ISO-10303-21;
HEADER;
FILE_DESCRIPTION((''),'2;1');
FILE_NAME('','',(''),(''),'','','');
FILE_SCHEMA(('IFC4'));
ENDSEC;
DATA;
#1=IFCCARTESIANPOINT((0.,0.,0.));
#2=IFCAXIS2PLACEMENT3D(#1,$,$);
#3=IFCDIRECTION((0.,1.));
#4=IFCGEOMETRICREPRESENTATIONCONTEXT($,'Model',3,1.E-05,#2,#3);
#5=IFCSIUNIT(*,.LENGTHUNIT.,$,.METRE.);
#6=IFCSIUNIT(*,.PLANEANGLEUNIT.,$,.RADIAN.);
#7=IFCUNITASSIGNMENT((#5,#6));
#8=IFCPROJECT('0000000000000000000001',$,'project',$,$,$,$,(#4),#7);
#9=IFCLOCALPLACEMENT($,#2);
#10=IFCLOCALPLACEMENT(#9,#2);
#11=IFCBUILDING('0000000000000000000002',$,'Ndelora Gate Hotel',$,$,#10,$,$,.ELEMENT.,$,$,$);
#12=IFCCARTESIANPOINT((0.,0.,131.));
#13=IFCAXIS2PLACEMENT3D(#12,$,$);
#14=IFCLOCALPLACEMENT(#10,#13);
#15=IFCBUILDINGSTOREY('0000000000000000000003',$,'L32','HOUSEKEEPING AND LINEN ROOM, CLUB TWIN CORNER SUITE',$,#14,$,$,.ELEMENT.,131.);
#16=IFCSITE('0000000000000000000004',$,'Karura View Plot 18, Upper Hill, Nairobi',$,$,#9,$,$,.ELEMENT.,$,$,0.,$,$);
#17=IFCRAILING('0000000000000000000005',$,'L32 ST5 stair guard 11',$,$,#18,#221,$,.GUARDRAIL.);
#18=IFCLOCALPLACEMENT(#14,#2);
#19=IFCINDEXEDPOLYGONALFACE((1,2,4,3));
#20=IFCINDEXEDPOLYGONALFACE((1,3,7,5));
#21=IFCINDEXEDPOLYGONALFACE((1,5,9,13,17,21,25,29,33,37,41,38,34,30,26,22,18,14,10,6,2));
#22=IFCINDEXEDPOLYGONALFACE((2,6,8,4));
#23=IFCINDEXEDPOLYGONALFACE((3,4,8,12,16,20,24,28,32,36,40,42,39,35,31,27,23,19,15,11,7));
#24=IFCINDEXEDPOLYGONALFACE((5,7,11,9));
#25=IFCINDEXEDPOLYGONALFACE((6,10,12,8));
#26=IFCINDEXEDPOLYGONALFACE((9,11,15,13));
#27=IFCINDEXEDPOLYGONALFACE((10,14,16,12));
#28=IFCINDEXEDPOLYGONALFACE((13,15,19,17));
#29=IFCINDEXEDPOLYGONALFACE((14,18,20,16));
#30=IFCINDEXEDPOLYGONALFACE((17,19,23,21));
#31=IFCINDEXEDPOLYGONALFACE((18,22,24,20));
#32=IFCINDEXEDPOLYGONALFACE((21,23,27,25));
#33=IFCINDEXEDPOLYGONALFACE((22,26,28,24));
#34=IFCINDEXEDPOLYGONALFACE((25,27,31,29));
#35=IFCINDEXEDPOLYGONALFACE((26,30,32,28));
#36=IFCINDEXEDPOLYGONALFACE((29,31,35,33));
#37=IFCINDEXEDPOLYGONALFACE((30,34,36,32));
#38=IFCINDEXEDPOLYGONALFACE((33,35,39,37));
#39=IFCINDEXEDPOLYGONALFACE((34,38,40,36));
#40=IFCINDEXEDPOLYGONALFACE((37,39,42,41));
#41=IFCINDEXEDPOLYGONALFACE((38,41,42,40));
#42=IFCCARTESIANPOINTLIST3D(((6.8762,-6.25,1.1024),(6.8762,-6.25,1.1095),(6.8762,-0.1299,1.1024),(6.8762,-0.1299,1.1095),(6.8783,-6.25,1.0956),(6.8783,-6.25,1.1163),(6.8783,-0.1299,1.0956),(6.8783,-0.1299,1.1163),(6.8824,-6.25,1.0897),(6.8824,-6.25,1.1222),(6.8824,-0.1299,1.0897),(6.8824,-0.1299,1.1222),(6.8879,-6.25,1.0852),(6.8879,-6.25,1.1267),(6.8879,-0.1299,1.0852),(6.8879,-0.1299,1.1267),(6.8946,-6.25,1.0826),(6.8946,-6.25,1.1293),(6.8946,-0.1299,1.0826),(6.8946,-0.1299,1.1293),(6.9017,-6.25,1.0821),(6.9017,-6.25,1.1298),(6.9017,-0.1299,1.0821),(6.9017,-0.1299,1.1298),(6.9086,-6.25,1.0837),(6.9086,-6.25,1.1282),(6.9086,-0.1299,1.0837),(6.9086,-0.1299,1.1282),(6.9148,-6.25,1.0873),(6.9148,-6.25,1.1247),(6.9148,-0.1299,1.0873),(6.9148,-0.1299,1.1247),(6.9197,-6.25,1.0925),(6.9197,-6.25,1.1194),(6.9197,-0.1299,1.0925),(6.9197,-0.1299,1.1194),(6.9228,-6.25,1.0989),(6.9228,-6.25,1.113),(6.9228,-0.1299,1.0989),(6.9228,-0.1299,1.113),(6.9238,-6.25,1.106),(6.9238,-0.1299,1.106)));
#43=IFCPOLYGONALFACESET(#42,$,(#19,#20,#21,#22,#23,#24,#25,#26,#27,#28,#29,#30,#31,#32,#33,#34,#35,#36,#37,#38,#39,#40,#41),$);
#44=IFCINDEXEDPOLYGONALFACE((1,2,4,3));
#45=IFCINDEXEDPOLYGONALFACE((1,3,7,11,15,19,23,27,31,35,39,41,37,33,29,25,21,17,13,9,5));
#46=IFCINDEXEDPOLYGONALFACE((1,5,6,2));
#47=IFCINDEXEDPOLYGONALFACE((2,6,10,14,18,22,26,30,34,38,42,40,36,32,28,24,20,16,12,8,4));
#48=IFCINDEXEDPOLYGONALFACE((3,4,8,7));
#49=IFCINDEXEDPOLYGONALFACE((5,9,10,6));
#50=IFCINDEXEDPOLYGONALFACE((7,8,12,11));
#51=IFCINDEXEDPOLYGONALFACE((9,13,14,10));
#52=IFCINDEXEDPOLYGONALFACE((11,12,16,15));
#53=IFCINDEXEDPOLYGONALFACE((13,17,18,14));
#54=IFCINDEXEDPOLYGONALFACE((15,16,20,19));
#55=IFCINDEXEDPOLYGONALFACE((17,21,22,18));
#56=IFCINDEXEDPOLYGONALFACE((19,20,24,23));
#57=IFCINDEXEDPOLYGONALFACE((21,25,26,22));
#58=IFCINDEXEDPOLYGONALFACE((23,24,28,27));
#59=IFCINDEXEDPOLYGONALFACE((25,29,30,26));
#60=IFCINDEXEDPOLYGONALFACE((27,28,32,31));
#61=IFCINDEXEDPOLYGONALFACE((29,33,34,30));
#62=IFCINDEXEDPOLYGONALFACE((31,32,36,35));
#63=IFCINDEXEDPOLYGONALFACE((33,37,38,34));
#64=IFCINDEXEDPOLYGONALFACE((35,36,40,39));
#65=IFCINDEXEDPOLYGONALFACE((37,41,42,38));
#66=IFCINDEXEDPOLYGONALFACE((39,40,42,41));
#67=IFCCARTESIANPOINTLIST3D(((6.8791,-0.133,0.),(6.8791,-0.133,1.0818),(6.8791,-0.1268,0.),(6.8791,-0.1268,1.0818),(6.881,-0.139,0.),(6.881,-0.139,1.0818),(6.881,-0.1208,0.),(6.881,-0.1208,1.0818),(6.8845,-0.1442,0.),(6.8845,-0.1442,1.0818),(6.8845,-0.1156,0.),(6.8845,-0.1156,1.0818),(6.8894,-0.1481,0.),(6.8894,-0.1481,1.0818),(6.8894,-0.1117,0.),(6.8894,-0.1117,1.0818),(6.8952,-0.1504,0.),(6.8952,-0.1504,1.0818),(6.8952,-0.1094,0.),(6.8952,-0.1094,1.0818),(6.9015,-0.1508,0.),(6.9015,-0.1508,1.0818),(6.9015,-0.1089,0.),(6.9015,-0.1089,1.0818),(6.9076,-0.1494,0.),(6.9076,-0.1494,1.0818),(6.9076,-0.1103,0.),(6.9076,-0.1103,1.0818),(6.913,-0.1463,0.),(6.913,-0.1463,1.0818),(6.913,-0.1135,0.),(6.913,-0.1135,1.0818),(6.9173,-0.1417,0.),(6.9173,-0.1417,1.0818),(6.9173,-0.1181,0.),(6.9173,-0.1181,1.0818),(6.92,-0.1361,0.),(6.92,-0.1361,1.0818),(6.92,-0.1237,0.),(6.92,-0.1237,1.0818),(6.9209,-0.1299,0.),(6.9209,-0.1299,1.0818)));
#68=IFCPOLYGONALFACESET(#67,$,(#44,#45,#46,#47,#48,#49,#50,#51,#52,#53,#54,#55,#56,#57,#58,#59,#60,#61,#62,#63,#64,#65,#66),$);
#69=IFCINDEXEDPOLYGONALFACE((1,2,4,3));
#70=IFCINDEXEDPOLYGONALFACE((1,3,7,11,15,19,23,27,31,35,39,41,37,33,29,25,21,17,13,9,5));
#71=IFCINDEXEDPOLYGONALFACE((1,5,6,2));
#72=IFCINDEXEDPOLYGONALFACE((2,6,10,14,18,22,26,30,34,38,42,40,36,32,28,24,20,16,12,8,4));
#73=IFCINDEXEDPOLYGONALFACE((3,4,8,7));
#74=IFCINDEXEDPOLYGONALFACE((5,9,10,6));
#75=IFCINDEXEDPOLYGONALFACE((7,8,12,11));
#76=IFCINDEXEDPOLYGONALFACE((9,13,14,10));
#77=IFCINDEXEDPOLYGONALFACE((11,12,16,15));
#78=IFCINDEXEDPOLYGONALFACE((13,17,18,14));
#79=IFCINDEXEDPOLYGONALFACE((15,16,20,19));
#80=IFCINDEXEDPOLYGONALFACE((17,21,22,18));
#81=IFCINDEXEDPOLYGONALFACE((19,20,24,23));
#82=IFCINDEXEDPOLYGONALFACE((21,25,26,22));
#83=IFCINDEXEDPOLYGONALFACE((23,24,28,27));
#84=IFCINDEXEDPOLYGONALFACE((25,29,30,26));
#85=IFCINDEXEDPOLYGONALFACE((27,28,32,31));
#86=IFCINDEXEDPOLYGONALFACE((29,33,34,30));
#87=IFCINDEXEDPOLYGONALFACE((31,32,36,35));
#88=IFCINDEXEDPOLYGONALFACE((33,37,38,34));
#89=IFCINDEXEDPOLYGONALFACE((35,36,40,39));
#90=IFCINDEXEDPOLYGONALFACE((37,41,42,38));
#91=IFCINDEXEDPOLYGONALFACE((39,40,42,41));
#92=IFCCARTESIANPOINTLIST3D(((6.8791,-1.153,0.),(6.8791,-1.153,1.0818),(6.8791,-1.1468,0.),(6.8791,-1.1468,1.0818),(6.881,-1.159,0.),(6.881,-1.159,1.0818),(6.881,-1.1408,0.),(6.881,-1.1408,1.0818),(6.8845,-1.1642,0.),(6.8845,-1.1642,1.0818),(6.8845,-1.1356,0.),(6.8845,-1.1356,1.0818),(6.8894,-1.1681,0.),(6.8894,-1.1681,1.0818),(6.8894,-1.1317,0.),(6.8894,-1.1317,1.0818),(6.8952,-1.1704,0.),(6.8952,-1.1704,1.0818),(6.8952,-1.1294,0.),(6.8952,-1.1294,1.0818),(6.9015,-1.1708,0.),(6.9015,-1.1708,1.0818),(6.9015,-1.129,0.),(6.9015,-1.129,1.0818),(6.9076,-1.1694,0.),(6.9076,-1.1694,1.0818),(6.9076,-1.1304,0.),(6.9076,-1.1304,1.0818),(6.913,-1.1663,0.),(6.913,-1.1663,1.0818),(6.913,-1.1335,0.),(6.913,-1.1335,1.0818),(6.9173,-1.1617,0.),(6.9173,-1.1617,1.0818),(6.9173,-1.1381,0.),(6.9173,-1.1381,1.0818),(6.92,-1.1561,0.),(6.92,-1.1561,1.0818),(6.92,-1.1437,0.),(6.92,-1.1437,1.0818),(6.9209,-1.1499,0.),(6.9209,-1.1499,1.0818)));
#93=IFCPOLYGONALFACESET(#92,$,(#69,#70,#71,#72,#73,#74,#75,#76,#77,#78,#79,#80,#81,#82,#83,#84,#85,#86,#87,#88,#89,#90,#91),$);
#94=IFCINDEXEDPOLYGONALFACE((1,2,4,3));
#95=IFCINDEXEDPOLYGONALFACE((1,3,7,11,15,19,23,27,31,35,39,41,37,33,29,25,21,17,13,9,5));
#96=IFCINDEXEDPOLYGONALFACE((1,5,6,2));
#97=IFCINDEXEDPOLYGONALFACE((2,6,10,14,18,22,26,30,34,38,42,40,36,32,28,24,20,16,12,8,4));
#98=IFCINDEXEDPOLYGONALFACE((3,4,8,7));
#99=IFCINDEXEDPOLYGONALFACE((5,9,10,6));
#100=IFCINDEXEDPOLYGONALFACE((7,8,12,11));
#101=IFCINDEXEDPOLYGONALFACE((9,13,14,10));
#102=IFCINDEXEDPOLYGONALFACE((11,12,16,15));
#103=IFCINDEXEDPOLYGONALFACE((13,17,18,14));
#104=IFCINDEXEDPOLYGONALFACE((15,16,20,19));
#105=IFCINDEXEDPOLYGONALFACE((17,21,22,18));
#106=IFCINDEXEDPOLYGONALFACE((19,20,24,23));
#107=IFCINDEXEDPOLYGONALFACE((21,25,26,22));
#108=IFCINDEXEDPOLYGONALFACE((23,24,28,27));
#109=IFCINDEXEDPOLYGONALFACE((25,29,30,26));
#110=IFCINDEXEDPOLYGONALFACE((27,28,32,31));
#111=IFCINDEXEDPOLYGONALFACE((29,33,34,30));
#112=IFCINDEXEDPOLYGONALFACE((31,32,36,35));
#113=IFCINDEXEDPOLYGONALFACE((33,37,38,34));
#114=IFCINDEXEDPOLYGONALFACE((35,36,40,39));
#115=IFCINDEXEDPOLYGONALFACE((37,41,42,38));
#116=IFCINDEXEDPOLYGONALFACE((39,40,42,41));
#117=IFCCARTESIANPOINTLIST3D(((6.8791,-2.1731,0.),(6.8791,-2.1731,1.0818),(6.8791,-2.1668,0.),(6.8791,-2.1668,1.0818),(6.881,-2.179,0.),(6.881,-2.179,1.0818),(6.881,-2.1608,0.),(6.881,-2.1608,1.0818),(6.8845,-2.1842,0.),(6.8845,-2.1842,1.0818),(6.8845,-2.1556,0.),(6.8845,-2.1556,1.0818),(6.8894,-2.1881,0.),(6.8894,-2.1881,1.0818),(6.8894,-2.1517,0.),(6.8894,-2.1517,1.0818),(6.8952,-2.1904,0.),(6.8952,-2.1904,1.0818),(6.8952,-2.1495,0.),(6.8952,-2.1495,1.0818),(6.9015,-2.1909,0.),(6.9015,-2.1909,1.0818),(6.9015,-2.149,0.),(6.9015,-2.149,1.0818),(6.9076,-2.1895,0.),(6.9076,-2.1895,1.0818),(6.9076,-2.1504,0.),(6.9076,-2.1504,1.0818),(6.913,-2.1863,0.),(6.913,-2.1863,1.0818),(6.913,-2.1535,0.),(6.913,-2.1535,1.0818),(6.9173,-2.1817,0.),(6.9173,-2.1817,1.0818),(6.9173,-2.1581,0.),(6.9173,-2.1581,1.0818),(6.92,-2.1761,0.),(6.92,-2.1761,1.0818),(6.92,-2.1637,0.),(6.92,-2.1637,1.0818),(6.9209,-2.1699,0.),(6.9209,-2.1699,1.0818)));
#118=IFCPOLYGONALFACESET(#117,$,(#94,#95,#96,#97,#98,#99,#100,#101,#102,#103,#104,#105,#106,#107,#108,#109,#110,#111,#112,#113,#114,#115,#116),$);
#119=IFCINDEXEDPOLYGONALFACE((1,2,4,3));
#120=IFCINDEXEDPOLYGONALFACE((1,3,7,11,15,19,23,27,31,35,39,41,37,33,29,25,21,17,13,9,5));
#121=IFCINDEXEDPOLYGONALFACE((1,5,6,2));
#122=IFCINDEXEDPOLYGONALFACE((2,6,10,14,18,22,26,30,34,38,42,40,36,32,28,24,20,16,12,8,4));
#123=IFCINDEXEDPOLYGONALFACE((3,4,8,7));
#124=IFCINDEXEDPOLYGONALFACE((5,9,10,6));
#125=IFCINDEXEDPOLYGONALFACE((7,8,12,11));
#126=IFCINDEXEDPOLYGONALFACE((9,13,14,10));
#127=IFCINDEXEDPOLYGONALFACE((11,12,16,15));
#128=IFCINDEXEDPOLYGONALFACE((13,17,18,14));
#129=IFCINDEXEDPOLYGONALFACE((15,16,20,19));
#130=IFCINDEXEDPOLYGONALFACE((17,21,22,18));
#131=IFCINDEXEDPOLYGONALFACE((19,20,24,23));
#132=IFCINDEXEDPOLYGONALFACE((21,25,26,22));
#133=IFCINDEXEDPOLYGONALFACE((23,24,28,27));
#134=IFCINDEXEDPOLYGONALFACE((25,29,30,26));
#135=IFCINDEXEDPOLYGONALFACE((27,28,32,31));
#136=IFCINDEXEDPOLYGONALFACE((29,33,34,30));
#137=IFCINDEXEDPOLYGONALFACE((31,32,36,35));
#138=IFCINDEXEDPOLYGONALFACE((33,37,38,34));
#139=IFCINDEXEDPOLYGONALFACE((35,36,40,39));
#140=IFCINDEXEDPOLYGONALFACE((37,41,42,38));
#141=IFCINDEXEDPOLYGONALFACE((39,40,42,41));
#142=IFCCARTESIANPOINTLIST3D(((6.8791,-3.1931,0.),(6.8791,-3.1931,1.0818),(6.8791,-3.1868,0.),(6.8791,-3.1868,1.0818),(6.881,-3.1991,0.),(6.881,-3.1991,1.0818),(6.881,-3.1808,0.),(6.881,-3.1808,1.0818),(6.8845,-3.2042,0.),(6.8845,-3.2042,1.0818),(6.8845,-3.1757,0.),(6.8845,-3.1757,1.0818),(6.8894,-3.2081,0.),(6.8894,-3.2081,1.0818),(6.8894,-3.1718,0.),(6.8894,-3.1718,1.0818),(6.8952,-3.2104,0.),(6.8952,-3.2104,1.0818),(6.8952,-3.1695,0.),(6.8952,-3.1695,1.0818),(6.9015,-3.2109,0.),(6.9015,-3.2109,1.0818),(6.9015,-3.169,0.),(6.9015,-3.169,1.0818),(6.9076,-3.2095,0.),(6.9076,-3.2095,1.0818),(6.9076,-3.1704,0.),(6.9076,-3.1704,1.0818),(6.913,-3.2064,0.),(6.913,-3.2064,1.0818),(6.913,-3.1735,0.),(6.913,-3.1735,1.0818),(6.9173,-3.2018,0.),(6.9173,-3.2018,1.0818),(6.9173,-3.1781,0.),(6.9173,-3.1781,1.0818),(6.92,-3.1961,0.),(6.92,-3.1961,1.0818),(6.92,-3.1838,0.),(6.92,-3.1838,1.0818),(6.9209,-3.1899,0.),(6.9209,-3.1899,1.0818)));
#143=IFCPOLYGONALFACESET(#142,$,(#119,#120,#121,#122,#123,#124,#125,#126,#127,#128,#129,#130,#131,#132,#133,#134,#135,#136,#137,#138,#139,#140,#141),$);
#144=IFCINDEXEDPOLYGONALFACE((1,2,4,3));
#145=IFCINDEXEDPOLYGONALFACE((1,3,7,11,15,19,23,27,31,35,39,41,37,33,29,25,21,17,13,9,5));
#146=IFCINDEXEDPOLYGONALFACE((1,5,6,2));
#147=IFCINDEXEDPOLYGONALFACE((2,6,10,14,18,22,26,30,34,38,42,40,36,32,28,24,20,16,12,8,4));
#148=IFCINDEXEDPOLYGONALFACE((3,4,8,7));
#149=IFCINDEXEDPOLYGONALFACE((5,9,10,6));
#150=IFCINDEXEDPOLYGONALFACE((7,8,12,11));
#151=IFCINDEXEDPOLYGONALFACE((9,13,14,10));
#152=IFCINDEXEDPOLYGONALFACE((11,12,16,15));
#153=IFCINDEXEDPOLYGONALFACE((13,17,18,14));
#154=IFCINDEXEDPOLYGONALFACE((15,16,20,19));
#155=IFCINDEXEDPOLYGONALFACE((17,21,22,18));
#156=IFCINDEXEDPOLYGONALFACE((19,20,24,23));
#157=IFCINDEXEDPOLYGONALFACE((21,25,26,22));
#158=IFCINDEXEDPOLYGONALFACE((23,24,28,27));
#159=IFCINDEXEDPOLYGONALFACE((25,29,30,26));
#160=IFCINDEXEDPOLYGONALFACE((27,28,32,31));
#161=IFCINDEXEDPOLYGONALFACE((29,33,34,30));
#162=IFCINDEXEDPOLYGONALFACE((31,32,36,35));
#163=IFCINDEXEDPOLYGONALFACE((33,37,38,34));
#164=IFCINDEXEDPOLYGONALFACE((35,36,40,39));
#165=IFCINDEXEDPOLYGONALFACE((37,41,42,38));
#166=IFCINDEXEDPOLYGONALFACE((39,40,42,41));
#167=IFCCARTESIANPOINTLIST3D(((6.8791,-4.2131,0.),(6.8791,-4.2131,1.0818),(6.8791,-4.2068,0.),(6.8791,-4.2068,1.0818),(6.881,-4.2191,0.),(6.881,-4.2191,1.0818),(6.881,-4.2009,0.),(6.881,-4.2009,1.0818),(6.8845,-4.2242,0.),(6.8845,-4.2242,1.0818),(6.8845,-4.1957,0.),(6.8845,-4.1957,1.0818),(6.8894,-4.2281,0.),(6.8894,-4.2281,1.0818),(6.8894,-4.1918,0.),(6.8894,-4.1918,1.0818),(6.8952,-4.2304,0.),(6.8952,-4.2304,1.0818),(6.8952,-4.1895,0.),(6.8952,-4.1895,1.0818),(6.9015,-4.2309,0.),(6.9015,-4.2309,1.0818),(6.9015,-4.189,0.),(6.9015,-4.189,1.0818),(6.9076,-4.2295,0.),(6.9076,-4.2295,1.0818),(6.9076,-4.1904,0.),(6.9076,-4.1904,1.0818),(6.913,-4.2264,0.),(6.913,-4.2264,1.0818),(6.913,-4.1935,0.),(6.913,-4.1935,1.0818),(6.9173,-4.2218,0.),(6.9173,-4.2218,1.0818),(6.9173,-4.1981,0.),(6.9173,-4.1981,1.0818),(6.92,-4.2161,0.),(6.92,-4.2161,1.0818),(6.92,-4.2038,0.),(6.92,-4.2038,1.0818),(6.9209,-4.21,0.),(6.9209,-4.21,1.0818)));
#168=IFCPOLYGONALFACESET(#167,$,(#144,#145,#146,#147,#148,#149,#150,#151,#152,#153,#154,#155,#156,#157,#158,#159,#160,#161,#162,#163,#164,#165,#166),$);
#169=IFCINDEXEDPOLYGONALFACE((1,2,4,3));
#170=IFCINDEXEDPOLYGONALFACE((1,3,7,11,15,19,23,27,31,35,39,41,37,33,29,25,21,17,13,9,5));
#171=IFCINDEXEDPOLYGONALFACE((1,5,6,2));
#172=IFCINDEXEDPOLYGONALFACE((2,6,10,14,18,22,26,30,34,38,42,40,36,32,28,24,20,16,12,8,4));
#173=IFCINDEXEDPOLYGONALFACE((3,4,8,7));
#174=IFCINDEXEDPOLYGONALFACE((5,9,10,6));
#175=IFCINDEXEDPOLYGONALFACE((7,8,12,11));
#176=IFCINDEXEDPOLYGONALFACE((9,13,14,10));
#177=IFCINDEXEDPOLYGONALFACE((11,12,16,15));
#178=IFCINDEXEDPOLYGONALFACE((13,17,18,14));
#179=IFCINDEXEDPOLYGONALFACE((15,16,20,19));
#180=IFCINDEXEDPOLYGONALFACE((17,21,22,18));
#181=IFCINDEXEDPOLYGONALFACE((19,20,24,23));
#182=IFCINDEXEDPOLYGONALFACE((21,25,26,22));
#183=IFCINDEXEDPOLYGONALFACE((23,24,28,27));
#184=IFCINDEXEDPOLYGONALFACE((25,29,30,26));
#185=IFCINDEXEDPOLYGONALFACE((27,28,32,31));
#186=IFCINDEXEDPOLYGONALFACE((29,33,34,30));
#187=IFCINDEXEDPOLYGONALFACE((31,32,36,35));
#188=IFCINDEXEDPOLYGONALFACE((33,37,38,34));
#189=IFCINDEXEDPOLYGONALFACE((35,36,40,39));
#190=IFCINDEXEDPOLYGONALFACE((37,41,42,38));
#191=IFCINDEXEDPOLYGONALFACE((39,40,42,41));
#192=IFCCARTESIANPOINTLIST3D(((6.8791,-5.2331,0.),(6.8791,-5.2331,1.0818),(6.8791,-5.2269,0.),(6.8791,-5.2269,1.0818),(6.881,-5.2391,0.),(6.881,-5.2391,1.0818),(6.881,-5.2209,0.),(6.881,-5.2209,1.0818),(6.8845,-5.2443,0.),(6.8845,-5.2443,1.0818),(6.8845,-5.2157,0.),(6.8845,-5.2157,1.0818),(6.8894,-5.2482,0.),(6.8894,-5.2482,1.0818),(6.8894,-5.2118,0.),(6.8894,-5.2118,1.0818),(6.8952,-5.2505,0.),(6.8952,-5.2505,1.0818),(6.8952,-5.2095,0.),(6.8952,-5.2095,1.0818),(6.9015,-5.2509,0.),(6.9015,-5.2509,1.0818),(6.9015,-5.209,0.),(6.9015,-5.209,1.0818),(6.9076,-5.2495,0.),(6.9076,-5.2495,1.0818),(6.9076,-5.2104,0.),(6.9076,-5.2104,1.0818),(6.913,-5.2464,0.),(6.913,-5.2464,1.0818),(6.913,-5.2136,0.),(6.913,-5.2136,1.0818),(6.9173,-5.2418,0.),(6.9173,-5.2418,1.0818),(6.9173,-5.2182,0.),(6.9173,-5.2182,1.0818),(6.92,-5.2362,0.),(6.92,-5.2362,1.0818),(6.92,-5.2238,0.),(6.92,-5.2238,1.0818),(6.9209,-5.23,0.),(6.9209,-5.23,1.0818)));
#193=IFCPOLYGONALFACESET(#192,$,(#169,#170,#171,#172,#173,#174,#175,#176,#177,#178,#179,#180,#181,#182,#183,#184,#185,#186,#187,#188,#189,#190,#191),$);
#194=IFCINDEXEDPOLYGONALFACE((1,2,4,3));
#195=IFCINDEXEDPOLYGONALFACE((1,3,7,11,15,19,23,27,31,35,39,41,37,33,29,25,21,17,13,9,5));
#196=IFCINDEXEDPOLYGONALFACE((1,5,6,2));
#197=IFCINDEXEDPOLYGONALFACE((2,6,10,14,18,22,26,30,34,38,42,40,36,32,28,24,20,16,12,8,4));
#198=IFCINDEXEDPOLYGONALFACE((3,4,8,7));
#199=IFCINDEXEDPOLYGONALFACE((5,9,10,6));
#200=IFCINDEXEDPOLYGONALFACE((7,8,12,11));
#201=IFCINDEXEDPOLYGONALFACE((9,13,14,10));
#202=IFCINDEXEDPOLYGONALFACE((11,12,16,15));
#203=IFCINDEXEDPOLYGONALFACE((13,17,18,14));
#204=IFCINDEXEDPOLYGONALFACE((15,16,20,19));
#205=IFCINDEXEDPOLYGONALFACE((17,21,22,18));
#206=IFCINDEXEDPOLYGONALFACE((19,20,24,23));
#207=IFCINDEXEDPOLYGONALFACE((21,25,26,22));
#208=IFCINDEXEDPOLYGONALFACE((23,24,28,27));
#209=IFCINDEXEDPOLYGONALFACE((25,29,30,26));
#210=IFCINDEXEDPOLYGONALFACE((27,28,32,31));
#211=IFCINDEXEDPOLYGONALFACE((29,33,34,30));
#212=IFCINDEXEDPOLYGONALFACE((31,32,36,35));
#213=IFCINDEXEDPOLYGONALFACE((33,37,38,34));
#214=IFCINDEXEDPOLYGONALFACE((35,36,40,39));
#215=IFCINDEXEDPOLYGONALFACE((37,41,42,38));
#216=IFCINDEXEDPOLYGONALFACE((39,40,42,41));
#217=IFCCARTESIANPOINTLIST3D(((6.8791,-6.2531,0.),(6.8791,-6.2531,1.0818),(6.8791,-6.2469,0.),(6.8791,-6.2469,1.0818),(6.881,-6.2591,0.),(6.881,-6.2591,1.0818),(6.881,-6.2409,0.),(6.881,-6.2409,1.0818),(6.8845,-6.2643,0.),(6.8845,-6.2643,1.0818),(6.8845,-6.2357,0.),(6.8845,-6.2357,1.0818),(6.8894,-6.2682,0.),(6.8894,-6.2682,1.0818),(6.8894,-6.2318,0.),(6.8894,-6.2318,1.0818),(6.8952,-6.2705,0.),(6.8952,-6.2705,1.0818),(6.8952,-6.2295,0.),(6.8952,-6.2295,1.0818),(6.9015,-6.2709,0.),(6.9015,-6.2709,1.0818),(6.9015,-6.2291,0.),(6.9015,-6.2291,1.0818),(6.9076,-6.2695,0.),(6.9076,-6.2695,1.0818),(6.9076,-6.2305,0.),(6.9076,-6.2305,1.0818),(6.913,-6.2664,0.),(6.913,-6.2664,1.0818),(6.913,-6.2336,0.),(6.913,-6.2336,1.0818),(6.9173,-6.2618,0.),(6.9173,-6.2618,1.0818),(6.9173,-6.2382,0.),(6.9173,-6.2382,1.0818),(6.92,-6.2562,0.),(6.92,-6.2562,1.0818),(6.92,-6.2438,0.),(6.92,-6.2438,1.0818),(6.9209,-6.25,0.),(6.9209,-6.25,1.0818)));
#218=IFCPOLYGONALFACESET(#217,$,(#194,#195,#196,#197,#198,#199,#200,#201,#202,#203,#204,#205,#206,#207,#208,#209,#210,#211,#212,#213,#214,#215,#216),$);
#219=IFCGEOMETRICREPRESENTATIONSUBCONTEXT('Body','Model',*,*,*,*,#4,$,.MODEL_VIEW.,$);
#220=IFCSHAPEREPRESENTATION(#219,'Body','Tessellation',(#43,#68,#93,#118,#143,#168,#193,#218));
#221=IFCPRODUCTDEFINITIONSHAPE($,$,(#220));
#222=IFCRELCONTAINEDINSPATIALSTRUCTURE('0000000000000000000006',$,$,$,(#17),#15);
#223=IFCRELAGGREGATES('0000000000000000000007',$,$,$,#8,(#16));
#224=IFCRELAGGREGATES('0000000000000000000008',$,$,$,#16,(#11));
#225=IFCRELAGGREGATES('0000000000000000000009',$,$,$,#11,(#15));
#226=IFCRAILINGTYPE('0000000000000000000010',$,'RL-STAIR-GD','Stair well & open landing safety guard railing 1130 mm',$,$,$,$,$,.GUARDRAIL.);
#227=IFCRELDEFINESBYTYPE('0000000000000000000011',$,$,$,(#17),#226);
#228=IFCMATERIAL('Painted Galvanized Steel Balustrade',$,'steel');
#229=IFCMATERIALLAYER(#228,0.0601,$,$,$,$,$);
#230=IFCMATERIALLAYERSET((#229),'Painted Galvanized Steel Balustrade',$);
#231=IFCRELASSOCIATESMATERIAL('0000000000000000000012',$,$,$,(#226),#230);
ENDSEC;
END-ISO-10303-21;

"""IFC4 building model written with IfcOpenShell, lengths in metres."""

from ifc_helpers import new_model, si_unit, direction, frame, origin, origin_2d, place, context, subcontext, project, spatial, circle, extrude, material, layer, layer_set, type_object, element, save


model = new_model("IFC4")

# Units and contexts
model_context = context("Model", 3, precision=1e-05, world=origin(), true_north=direction((0.0, 1.0)))
body_context = subcontext(model_context, "Body", "Model", "MODEL_VIEW")
ifc_project = project(units=[si_unit("LENGTHUNIT", "METRE"), si_unit("PLANEANGLEUNIT", "RADIAN")], contexts=[model_context])

# Site, building, storey
site_placement = place(None, origin())
site = spatial("IfcSite", under=ifc_project, at=site_placement, Name="Karura View Plot 18, Upper Hill, Nairobi", CompositionType="ELEMENT", RefElevation=0.0)
building_placement = place(site_placement, origin())
building = spatial("IfcBuilding", under=site, at=building_placement, Name="Ndelora Gate Hotel", CompositionType="ELEMENT")
storey_placement = place(building_placement, frame((0.0, 0.0, 131.0)))
storey = spatial("IfcBuildingStorey", under=building, at=storey_placement, Name="L32", Description="HOUSEKEEPING AND LINEN ROOM, CLUB TWIN CORNER SUITE", CompositionType="ELEMENT", Elevation=131.0)

# Railing
ifc_material_1 = material(Name="Painted Galvanized Steel Balustrade", Category="steel")
ifc_layer_1 = layer(ifc_material_1, 0.0601)
ifc_layer_set_1 = layer_set([ifc_layer_1], Name="Painted Galvanized Steel Balustrade")
railing_type_1 = type_object("IfcRailingType", Name="RL-STAIR-GD", Description="Stair well & open landing safety guard railing 1130 mm", PredefinedType="GUARDRAIL", material=ifc_layer_set_1)
railing_1_placement = place(storey_placement, frame((6.8999, -0.1299, 0.0)))
element("IfcRailing", 1, at=railing_1_placement, inside=storey, type_object=railing_type_1, Name="L32 ST5 stair guard 11", PredefinedType="GUARDRAIL", context=body_context, shape_type="SweptSolid", body=[
    extrude(circle(Radius=0.0239, at=origin_2d()), frame((0.0, 0.0, 1.106), z_axis=(0.0, -1.0, 0.0), x_axis=(1.0, 0.0, 0.0)), (0.0, 0.0, 1.0), 6.1201),
    extrude(circle(Radius=0.021, at=origin_2d()), origin(), (0.0, 0.0, 1.0), 1.0818),
    extrude(circle(Radius=0.021, at=origin_2d()), frame((0.0, -1.02, 0.0)), (0.0, 0.0, 1.0), 1.0818),
    extrude(circle(Radius=0.021, at=origin_2d()), frame((0.0, -2.04, 0.0)), (0.0, 0.0, 1.0), 1.0818),
    extrude(circle(Radius=0.021, at=origin_2d()), frame((0.0, -3.0601, 0.0)), (0.0, 0.0, 1.0), 1.0818),
    extrude(circle(Radius=0.021, at=origin_2d()), frame((0.0, -4.0801, 0.0)), (0.0, 0.0, 1.0), 1.0818),
    extrude(circle(Radius=0.021, at=origin_2d()), frame((0.0, -5.1001, 0.0)), (0.0, 0.0, 1.0), 1.0818),
    extrude(circle(Radius=0.021, at=origin_2d()), frame((0.0, -6.1201, 0.0)), (0.0, 0.0, 1.0), 1.0818),
])

save(model, "model.ifc")
